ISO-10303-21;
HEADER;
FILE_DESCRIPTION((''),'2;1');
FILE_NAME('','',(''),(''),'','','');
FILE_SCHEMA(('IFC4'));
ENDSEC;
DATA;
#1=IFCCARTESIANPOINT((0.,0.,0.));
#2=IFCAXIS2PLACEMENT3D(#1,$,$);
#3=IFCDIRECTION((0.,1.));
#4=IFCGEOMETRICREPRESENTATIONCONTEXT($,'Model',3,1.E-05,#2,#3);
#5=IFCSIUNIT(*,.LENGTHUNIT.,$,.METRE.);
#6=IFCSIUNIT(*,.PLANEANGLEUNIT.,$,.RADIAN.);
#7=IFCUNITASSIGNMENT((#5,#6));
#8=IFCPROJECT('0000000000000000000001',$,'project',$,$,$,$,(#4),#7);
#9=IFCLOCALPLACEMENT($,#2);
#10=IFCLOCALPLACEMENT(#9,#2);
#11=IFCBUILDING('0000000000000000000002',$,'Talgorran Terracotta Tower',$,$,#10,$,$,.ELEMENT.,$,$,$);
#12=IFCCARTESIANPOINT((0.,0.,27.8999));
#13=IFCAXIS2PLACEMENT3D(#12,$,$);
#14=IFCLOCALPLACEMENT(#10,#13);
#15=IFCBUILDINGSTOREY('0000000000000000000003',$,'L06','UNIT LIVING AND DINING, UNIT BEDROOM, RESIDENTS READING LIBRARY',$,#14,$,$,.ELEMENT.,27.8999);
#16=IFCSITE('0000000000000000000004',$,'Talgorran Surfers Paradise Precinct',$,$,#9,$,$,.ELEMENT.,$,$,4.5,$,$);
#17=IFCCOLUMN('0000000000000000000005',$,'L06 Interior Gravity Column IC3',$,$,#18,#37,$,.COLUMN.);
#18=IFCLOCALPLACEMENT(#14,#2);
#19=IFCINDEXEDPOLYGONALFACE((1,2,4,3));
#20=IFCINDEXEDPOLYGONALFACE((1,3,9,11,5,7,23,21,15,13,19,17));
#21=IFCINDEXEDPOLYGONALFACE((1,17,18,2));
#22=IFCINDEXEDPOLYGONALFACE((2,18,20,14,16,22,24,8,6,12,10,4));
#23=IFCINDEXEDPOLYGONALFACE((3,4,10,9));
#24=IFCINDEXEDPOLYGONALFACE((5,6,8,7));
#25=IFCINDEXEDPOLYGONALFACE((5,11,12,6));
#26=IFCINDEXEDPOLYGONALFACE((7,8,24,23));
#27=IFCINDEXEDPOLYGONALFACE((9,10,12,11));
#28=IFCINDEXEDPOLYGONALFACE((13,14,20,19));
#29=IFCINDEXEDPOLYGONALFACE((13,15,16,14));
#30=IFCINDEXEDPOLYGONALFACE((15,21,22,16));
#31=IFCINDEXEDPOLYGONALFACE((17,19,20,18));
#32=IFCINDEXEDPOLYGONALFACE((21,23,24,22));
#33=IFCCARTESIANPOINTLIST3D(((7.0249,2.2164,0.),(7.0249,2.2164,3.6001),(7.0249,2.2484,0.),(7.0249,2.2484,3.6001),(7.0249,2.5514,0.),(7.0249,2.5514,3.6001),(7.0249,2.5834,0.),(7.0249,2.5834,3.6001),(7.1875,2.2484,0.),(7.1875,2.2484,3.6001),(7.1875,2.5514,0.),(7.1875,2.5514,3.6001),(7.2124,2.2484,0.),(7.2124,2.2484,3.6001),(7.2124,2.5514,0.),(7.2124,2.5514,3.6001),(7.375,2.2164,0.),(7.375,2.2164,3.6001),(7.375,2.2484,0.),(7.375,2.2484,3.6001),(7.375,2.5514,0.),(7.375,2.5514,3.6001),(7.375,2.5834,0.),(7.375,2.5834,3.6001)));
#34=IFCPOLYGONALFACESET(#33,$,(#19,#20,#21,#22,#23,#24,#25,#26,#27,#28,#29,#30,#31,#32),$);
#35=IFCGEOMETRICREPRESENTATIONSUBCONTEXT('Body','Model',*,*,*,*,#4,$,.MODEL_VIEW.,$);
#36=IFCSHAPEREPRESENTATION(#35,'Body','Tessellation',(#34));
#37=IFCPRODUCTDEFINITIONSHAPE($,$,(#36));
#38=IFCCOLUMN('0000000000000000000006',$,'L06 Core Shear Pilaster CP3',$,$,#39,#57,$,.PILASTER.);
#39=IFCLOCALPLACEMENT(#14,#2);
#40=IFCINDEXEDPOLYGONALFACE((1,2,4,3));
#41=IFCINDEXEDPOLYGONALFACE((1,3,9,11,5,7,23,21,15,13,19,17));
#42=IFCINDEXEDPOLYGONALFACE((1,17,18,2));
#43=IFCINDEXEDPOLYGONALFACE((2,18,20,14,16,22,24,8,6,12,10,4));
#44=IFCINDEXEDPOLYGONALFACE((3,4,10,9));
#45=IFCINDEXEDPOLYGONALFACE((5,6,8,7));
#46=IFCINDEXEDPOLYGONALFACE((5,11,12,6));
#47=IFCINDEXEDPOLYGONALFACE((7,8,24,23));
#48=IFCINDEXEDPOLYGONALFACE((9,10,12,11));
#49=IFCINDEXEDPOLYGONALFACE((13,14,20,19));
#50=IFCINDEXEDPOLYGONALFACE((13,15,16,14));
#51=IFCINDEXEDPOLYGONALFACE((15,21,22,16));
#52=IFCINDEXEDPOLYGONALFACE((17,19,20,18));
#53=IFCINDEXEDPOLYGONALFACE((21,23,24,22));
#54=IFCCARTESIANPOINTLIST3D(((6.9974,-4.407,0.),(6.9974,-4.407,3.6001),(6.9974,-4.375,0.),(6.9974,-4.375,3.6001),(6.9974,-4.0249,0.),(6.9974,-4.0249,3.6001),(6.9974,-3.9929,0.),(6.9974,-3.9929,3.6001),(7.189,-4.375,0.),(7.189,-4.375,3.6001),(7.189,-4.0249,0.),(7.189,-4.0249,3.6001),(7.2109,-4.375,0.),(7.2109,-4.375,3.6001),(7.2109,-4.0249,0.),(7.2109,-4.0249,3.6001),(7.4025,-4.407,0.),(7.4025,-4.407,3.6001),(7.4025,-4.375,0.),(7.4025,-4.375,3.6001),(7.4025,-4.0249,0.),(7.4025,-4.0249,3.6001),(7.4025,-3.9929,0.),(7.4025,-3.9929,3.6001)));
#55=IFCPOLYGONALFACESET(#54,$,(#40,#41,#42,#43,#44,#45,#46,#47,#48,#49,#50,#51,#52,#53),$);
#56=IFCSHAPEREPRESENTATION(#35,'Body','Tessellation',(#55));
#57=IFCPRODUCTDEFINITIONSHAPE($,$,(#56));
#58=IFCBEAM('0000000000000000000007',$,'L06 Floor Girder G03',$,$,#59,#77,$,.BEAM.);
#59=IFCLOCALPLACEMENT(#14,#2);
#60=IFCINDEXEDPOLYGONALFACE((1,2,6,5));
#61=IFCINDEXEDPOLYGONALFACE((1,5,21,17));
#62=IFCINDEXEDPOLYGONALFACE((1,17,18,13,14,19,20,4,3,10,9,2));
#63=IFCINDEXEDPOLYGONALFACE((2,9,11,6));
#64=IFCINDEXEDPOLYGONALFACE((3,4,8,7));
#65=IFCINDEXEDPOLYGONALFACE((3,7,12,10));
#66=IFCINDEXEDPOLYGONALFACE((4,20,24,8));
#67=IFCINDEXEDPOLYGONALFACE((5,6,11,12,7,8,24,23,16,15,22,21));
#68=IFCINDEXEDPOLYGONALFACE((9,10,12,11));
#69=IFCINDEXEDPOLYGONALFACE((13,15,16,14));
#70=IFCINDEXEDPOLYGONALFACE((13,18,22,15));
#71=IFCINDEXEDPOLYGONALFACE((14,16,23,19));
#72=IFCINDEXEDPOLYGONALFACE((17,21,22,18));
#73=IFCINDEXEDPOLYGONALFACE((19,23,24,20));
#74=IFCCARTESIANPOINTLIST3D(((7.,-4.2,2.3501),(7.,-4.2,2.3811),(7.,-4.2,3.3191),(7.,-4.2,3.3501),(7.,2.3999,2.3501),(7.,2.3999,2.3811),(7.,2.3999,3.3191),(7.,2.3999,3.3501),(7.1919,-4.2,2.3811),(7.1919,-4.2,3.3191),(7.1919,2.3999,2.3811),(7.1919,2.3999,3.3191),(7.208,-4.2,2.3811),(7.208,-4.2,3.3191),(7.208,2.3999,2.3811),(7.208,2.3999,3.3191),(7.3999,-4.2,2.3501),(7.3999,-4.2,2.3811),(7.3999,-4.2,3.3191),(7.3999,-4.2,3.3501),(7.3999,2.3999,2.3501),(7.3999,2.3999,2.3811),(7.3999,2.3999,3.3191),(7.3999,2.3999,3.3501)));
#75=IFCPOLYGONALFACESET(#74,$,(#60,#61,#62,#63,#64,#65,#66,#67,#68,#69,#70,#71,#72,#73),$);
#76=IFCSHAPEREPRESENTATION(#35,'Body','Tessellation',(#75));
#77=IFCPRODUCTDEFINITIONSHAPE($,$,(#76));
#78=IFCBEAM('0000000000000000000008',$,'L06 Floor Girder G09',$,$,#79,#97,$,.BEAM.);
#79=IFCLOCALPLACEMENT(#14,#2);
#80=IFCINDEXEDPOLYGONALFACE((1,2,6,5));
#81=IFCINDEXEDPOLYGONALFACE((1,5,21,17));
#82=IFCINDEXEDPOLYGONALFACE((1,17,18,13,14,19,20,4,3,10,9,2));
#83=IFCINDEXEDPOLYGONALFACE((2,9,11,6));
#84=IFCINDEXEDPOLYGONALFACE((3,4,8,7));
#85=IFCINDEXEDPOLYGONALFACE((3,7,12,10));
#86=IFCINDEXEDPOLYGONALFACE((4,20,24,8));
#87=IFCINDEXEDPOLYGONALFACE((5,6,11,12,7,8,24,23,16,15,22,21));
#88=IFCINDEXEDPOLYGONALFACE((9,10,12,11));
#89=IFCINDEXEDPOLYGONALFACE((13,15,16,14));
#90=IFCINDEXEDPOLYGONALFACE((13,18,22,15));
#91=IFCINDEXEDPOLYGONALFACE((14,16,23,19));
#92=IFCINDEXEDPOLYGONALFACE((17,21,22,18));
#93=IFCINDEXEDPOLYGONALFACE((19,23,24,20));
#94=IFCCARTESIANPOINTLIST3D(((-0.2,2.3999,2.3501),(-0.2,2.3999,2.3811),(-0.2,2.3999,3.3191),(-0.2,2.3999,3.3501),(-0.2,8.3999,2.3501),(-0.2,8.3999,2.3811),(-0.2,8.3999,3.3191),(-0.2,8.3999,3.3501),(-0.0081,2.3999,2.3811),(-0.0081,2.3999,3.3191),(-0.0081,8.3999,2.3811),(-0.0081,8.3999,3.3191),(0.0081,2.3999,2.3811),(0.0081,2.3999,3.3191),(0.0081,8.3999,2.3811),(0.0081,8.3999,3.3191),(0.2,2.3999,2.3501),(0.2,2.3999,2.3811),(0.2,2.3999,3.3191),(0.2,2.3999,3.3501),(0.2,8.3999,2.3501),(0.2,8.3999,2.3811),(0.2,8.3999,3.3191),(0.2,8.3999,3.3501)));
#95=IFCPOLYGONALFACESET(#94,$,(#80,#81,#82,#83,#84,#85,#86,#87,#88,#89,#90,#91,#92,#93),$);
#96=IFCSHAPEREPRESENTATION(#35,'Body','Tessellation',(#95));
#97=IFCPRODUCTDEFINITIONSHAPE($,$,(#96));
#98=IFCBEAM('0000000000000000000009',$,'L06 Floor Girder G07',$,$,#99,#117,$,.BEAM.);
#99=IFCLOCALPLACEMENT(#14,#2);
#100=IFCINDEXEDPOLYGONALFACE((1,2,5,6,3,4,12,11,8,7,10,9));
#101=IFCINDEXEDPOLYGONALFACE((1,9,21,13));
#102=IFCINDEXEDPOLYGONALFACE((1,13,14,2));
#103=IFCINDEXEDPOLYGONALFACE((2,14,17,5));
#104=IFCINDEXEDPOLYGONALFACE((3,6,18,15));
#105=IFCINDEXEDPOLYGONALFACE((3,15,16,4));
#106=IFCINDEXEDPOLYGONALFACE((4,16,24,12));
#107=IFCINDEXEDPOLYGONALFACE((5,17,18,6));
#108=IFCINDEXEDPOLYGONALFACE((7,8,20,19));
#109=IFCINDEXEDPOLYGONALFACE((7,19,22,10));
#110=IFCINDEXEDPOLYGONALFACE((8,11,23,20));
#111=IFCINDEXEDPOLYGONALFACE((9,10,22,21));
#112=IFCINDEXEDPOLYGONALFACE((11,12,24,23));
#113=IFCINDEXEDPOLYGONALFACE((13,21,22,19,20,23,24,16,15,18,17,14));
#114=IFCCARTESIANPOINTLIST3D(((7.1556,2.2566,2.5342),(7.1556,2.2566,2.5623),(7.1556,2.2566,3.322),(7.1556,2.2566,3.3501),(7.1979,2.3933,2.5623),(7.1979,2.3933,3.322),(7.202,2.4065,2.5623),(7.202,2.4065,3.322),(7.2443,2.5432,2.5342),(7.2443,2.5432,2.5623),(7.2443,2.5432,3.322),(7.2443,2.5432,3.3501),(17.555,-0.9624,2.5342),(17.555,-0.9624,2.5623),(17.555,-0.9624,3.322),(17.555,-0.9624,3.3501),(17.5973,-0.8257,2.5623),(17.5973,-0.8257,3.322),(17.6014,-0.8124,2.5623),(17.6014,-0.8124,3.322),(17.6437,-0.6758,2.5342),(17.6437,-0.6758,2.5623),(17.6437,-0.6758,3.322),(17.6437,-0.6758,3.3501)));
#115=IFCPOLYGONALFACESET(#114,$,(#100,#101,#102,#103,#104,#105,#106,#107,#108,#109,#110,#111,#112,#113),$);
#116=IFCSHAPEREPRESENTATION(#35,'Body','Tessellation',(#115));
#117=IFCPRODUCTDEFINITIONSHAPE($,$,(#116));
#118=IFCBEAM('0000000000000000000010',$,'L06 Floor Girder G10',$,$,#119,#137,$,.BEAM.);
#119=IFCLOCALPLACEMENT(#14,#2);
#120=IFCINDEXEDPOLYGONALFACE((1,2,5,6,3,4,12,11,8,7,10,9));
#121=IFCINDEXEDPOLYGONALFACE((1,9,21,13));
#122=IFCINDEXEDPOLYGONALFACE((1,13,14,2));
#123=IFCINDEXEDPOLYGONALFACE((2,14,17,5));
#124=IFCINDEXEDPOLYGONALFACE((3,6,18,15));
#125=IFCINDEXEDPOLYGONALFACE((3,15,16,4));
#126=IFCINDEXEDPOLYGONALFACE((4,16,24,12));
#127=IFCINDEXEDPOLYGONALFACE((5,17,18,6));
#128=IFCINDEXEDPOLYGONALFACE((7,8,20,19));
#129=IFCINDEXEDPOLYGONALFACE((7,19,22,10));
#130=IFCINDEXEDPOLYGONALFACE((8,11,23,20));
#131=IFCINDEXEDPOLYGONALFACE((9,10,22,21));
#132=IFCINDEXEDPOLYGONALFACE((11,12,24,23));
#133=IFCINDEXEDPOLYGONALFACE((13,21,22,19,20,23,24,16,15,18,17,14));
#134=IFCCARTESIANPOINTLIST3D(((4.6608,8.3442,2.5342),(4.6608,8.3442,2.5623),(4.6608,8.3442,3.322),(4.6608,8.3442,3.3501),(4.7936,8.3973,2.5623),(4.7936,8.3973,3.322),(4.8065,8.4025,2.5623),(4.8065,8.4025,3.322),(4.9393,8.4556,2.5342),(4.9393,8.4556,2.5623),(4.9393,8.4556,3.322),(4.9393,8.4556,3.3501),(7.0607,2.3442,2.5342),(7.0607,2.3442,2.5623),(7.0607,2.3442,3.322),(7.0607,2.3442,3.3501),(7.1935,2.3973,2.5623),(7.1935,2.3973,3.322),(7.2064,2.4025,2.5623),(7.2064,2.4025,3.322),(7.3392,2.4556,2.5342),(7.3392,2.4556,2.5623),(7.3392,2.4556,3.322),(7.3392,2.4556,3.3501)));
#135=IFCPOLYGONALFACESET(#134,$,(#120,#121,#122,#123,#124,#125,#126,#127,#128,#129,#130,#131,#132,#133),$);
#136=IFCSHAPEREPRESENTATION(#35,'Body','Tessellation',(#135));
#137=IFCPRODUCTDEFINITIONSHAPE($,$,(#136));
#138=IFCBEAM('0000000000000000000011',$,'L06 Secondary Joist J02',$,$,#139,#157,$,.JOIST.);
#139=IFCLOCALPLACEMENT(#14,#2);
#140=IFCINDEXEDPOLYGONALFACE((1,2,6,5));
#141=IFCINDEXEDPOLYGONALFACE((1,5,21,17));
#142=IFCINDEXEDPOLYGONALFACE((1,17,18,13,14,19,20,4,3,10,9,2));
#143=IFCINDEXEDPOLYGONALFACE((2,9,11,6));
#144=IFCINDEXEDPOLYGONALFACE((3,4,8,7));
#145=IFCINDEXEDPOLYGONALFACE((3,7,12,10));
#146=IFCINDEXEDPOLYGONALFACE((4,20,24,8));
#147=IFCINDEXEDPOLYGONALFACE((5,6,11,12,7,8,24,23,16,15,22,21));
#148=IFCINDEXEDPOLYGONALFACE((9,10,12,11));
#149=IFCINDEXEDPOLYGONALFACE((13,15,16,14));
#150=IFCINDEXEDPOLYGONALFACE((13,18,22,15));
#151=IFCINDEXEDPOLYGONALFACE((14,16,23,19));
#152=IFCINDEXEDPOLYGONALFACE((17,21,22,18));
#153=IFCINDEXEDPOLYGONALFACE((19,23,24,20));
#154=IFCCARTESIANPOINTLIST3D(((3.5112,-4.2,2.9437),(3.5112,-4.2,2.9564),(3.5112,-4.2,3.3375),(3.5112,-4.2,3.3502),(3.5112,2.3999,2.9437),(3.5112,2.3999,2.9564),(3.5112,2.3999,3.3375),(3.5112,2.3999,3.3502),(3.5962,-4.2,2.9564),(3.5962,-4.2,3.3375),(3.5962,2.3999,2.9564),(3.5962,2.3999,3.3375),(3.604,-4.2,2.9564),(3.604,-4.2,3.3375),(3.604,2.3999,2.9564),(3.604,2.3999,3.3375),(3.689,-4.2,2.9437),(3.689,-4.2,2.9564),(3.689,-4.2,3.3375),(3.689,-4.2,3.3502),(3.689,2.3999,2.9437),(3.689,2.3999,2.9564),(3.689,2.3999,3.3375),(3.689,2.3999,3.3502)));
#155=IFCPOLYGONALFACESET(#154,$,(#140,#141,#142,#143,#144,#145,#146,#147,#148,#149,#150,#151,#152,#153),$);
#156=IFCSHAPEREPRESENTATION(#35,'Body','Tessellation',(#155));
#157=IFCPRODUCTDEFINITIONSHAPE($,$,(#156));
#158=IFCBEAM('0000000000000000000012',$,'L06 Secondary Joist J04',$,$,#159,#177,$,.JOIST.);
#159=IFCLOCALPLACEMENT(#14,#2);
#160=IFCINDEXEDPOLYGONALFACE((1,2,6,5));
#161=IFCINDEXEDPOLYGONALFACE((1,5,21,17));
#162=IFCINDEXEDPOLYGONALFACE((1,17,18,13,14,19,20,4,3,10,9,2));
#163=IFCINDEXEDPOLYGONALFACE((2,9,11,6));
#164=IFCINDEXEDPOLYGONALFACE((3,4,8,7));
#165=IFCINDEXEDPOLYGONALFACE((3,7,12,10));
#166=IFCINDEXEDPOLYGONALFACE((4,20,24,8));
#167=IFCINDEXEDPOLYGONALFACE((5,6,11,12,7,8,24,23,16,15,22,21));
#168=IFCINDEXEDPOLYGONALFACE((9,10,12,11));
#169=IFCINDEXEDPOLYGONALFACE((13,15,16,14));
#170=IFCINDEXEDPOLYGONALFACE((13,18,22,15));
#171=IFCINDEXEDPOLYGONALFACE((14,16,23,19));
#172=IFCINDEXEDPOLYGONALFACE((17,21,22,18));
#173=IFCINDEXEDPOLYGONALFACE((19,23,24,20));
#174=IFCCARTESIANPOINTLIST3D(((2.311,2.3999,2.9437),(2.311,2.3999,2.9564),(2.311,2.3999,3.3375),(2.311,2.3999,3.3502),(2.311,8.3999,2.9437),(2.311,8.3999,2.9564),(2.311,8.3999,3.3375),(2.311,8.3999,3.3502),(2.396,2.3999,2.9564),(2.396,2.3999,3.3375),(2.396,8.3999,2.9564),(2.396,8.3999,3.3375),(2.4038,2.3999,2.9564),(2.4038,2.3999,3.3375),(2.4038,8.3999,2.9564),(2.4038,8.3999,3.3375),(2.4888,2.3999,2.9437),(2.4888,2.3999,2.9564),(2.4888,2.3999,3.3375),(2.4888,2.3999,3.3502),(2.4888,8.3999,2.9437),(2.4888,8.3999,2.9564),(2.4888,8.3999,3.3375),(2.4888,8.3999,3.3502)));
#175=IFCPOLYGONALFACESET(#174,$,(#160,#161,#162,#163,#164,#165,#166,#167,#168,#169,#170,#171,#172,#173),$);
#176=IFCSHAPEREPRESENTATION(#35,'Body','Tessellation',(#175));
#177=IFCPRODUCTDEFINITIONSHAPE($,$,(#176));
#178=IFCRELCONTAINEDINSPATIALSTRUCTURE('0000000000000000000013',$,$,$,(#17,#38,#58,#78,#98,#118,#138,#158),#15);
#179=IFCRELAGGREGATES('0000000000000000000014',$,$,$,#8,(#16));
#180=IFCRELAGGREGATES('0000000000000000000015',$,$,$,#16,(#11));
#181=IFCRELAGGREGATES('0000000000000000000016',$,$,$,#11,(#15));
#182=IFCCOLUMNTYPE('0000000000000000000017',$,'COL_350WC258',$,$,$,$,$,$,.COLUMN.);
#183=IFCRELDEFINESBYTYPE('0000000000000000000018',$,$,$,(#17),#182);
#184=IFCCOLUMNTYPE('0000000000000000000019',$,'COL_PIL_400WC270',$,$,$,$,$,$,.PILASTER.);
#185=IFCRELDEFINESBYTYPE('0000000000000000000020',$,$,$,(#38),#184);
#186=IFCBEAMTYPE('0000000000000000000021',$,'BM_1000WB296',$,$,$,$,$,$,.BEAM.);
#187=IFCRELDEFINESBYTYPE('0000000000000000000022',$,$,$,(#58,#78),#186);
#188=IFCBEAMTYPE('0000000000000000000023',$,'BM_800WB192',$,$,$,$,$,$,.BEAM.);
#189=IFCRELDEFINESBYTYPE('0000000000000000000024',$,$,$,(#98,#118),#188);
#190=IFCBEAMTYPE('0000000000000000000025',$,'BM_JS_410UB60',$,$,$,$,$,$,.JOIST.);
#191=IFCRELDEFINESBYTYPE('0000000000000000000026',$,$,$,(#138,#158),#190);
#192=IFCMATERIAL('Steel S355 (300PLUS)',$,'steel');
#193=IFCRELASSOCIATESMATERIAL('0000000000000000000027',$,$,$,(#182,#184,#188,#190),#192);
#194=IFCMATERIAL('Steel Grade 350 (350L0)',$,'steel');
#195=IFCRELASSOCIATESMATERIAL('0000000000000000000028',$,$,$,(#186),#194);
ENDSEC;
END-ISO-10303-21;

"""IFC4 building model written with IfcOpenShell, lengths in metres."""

from ifc_helpers import new_model, si_unit, direction, frame, origin, origin_2d, place, context, subcontext, project, spatial, i_section, extrude, material, material_profile, profile_set, type_object, element, save


model = new_model("IFC4")

# Units and contexts
model_context = context("Model", 3, precision=1e-05, world=origin(), true_north=direction((0.0, 1.0)))
body_context = subcontext(model_context, "Body", "Model", "MODEL_VIEW")
ifc_project = project(units=[si_unit("LENGTHUNIT", "METRE"), si_unit("PLANEANGLEUNIT", "RADIAN")], contexts=[model_context])

# Site, building, storey
site_placement = place(None, origin())
site = spatial("IfcSite", under=ifc_project, at=site_placement, Name="Talgorran Surfers Paradise Precinct", CompositionType="ELEMENT", RefElevation=4.5)
building_placement = place(site_placement, origin())
building = spatial("IfcBuilding", under=site, at=building_placement, Name="Talgorran Terracotta Tower", CompositionType="ELEMENT")
storey_placement = place(building_placement, frame((0.0, 0.0, 27.8999)))
storey = spatial("IfcBuildingStorey", under=building, at=storey_placement, Name="L06", Description="UNIT LIVING AND DINING, UNIT BEDROOM, RESIDENTS READING LIBRARY", CompositionType="ELEMENT", Elevation=27.8999)

# Columns
ifc_material_1 = material(Name="Steel S355 (300PLUS)", Category="steel")
ifc_material_profile_1 = material_profile(ifc_material_1, i_section(OverallWidth=0.3501, OverallDepth=0.3669, WebThickness=0.0249, FlangeThickness=0.032, at=origin_2d()), Name="350WC258")
ifc_profile_set_1 = profile_set([ifc_material_profile_1], Name="Steel S355 (300PLUS)")
column_type_1 = type_object("IfcColumnType", Name="COL_350WC258", PredefinedType="COLUMN", material=ifc_profile_set_1)
column_1_placement = place(storey_placement, frame((7.2, 2.3999, 0.0), z_axis=(0.0, 0.0, 1.0), x_axis=(1.0, 0.0, 0.0)))
element("IfcColumn", 1, at=column_1_placement, inside=storey, type_object=column_type_1, Name="L06 Interior Gravity Column IC3", PredefinedType="COLUMN", context=body_context, shape_type="SweptSolid", body=[
    extrude(i_section(OverallWidth=0.3501, OverallDepth=0.3669, WebThickness=0.0249, FlangeThickness=0.032, at=origin_2d()), origin(), (0.0, 0.0, 1.0), 3.6001),
])
ifc_material_profile_2 = material_profile(ifc_material_1, i_section(OverallWidth=0.405, OverallDepth=0.4141, WebThickness=0.022, FlangeThickness=0.032, at=origin_2d()), Name="400WC270")
ifc_profile_set_2 = profile_set([ifc_material_profile_2], Name="Steel S355 (300PLUS)")
column_type_2 = type_object("IfcColumnType", Name="COL_PIL_400WC270", PredefinedType="PILASTER", material=ifc_profile_set_2)
column_2_placement = place(storey_placement, frame((7.2, -4.2, 0.0), z_axis=(0.0, 0.0, 1.0), x_axis=(1.0, 0.0, 0.0)))
element("IfcColumn", 2, at=column_2_placement, inside=storey, type_object=column_type_2, Name="L06 Core Shear Pilaster CP3", PredefinedType="PILASTER", context=body_context, shape_type="SweptSolid", body=[
    extrude(i_section(OverallWidth=0.405, OverallDepth=0.4141, WebThickness=0.022, FlangeThickness=0.032, at=origin_2d()), origin(), (0.0, 0.0, 1.0), 3.6001),
])

# Beams
ifc_material_2 = material(Name="Steel Grade 350 (350L0)", Category="steel")
ifc_material_profile_3 = material_profile(ifc_material_2, i_section(OverallWidth=0.3999, OverallDepth=1.0, WebThickness=0.0161, FlangeThickness=0.031, at=origin_2d()), Name="1000WB296")
ifc_profile_set_3 = profile_set([ifc_material_profile_3], Name="Steel Grade 350 (350L0)")
beam_type_1 = type_object("IfcBeamType", Name="BM_1000WB296", PredefinedType="BEAM", material=ifc_profile_set_3)
beam_1_placement = place(storey_placement, frame((7.2, -4.2, 2.8501), z_axis=(0.0, 1.0, 0.0), x_axis=(-1.0, 0.0, 0.0)))
element("IfcBeam", 3, at=beam_1_placement, inside=storey, type_object=beam_type_1, Name="L06 Floor Girder G03", PredefinedType="BEAM", context=body_context, shape_type="SweptSolid", body=[
    extrude(i_section(OverallWidth=0.3999, OverallDepth=1.0, WebThickness=0.0161, FlangeThickness=0.031, at=origin_2d()), origin(), (0.0, 0.0, 1.0), 6.5999),
])
beam_2_placement = place(storey_placement, frame((0.0, 2.3999, 2.8501), z_axis=(0.0, 1.0, 0.0), x_axis=(-1.0, 0.0, 0.0)))
element("IfcBeam", 4, at=beam_2_placement, inside=storey, type_object=beam_type_1, Name="L06 Floor Girder G09", PredefinedType="BEAM", context=body_context, shape_type="SweptSolid", body=[
    extrude(i_section(OverallWidth=0.3999, OverallDepth=1.0, WebThickness=0.0161, FlangeThickness=0.031, at=origin_2d()), origin(), (0.0, 0.0, 1.0), 6.0),
])
ifc_material_profile_4 = material_profile(ifc_material_1, i_section(OverallWidth=0.3, OverallDepth=0.8159, WebThickness=0.0139, FlangeThickness=0.0281, at=origin_2d()), Name="800WB192")
ifc_profile_set_4 = profile_set([ifc_material_profile_4], Name="Steel S355 (300PLUS)")
beam_type_2 = type_object("IfcBeamType", Name="BM_800WB192", PredefinedType="BEAM", material=ifc_profile_set_4)
beam_3_placement = place(storey_placement, frame((7.2, 2.3999, 2.9421), z_axis=(0.955283, -0.295694, 0.0), x_axis=(0.295694, 0.955283, 0.0)))
element("IfcBeam", 5, at=beam_3_placement, inside=storey, type_object=beam_type_2, Name="L06 Floor Girder G07", PredefinedType="BEAM", context=body_context, shape_type="SweptSolid", body=[
    extrude(i_section(OverallWidth=0.3, OverallDepth=0.8159, WebThickness=0.0139, FlangeThickness=0.0281, at=origin_2d()), origin(), (0.0, 0.0, 1.0), 10.8862),
])
beam_4_placement = place(storey_placement, frame((7.2, 2.3999, 2.9421), z_axis=(-0.371378, 0.928482, 0.0), x_axis=(-0.928482, -0.371378, 0.0)))
element("IfcBeam", 6, at=beam_4_placement, inside=storey, type_object=beam_type_2, Name="L06 Floor Girder G10", PredefinedType="BEAM", context=body_context, shape_type="SweptSolid", body=[
    extrude(i_section(OverallWidth=0.3, OverallDepth=0.8159, WebThickness=0.0139, FlangeThickness=0.0281, at=origin_2d()), origin(), (0.0, 0.0, 1.0), 6.4622),
])
ifc_material_profile_5 = material_profile(ifc_material_1, i_section(OverallWidth=0.1777, OverallDepth=0.4065, WebThickness=0.0078, FlangeThickness=0.0127, at=origin_2d()), Name="410UB59.7")
ifc_profile_set_5 = profile_set([ifc_material_profile_5], Name="Steel S355 (300PLUS)")
beam_type_3 = type_object("IfcBeamType", Name="BM_JS_410UB60", PredefinedType="JOIST", material=ifc_profile_set_5)
beam_5_placement = place(storey_placement, frame((3.6001, -4.2, 3.147), z_axis=(0.0, 1.0, 0.0), x_axis=(-1.0, 0.0, 0.0)))
element("IfcBeam", 7, at=beam_5_placement, inside=storey, type_object=beam_type_3, Name="L06 Secondary Joist J02", PredefinedType="JOIST", context=body_context, shape_type="SweptSolid", body=[
    extrude(i_section(OverallWidth=0.1777, OverallDepth=0.4065, WebThickness=0.0078, FlangeThickness=0.0127, at=origin_2d()), origin(), (0.0, 0.0, 1.0), 6.5999),
])
beam_6_placement = place(storey_placement, frame((2.3999, 2.3999, 3.147), z_axis=(0.0, 1.0, 0.0), x_axis=(-1.0, 0.0, 0.0)))
element("IfcBeam", 8, at=beam_6_placement, inside=storey, type_object=beam_type_3, Name="L06 Secondary Joist J04", PredefinedType="JOIST", context=body_context, shape_type="SweptSolid", body=[
    extrude(i_section(OverallWidth=0.1777, OverallDepth=0.4065, WebThickness=0.0078, FlangeThickness=0.0127, at=origin_2d()), origin(), (0.0, 0.0, 1.0), 6.0),
])

save(model, "model.ifc")
